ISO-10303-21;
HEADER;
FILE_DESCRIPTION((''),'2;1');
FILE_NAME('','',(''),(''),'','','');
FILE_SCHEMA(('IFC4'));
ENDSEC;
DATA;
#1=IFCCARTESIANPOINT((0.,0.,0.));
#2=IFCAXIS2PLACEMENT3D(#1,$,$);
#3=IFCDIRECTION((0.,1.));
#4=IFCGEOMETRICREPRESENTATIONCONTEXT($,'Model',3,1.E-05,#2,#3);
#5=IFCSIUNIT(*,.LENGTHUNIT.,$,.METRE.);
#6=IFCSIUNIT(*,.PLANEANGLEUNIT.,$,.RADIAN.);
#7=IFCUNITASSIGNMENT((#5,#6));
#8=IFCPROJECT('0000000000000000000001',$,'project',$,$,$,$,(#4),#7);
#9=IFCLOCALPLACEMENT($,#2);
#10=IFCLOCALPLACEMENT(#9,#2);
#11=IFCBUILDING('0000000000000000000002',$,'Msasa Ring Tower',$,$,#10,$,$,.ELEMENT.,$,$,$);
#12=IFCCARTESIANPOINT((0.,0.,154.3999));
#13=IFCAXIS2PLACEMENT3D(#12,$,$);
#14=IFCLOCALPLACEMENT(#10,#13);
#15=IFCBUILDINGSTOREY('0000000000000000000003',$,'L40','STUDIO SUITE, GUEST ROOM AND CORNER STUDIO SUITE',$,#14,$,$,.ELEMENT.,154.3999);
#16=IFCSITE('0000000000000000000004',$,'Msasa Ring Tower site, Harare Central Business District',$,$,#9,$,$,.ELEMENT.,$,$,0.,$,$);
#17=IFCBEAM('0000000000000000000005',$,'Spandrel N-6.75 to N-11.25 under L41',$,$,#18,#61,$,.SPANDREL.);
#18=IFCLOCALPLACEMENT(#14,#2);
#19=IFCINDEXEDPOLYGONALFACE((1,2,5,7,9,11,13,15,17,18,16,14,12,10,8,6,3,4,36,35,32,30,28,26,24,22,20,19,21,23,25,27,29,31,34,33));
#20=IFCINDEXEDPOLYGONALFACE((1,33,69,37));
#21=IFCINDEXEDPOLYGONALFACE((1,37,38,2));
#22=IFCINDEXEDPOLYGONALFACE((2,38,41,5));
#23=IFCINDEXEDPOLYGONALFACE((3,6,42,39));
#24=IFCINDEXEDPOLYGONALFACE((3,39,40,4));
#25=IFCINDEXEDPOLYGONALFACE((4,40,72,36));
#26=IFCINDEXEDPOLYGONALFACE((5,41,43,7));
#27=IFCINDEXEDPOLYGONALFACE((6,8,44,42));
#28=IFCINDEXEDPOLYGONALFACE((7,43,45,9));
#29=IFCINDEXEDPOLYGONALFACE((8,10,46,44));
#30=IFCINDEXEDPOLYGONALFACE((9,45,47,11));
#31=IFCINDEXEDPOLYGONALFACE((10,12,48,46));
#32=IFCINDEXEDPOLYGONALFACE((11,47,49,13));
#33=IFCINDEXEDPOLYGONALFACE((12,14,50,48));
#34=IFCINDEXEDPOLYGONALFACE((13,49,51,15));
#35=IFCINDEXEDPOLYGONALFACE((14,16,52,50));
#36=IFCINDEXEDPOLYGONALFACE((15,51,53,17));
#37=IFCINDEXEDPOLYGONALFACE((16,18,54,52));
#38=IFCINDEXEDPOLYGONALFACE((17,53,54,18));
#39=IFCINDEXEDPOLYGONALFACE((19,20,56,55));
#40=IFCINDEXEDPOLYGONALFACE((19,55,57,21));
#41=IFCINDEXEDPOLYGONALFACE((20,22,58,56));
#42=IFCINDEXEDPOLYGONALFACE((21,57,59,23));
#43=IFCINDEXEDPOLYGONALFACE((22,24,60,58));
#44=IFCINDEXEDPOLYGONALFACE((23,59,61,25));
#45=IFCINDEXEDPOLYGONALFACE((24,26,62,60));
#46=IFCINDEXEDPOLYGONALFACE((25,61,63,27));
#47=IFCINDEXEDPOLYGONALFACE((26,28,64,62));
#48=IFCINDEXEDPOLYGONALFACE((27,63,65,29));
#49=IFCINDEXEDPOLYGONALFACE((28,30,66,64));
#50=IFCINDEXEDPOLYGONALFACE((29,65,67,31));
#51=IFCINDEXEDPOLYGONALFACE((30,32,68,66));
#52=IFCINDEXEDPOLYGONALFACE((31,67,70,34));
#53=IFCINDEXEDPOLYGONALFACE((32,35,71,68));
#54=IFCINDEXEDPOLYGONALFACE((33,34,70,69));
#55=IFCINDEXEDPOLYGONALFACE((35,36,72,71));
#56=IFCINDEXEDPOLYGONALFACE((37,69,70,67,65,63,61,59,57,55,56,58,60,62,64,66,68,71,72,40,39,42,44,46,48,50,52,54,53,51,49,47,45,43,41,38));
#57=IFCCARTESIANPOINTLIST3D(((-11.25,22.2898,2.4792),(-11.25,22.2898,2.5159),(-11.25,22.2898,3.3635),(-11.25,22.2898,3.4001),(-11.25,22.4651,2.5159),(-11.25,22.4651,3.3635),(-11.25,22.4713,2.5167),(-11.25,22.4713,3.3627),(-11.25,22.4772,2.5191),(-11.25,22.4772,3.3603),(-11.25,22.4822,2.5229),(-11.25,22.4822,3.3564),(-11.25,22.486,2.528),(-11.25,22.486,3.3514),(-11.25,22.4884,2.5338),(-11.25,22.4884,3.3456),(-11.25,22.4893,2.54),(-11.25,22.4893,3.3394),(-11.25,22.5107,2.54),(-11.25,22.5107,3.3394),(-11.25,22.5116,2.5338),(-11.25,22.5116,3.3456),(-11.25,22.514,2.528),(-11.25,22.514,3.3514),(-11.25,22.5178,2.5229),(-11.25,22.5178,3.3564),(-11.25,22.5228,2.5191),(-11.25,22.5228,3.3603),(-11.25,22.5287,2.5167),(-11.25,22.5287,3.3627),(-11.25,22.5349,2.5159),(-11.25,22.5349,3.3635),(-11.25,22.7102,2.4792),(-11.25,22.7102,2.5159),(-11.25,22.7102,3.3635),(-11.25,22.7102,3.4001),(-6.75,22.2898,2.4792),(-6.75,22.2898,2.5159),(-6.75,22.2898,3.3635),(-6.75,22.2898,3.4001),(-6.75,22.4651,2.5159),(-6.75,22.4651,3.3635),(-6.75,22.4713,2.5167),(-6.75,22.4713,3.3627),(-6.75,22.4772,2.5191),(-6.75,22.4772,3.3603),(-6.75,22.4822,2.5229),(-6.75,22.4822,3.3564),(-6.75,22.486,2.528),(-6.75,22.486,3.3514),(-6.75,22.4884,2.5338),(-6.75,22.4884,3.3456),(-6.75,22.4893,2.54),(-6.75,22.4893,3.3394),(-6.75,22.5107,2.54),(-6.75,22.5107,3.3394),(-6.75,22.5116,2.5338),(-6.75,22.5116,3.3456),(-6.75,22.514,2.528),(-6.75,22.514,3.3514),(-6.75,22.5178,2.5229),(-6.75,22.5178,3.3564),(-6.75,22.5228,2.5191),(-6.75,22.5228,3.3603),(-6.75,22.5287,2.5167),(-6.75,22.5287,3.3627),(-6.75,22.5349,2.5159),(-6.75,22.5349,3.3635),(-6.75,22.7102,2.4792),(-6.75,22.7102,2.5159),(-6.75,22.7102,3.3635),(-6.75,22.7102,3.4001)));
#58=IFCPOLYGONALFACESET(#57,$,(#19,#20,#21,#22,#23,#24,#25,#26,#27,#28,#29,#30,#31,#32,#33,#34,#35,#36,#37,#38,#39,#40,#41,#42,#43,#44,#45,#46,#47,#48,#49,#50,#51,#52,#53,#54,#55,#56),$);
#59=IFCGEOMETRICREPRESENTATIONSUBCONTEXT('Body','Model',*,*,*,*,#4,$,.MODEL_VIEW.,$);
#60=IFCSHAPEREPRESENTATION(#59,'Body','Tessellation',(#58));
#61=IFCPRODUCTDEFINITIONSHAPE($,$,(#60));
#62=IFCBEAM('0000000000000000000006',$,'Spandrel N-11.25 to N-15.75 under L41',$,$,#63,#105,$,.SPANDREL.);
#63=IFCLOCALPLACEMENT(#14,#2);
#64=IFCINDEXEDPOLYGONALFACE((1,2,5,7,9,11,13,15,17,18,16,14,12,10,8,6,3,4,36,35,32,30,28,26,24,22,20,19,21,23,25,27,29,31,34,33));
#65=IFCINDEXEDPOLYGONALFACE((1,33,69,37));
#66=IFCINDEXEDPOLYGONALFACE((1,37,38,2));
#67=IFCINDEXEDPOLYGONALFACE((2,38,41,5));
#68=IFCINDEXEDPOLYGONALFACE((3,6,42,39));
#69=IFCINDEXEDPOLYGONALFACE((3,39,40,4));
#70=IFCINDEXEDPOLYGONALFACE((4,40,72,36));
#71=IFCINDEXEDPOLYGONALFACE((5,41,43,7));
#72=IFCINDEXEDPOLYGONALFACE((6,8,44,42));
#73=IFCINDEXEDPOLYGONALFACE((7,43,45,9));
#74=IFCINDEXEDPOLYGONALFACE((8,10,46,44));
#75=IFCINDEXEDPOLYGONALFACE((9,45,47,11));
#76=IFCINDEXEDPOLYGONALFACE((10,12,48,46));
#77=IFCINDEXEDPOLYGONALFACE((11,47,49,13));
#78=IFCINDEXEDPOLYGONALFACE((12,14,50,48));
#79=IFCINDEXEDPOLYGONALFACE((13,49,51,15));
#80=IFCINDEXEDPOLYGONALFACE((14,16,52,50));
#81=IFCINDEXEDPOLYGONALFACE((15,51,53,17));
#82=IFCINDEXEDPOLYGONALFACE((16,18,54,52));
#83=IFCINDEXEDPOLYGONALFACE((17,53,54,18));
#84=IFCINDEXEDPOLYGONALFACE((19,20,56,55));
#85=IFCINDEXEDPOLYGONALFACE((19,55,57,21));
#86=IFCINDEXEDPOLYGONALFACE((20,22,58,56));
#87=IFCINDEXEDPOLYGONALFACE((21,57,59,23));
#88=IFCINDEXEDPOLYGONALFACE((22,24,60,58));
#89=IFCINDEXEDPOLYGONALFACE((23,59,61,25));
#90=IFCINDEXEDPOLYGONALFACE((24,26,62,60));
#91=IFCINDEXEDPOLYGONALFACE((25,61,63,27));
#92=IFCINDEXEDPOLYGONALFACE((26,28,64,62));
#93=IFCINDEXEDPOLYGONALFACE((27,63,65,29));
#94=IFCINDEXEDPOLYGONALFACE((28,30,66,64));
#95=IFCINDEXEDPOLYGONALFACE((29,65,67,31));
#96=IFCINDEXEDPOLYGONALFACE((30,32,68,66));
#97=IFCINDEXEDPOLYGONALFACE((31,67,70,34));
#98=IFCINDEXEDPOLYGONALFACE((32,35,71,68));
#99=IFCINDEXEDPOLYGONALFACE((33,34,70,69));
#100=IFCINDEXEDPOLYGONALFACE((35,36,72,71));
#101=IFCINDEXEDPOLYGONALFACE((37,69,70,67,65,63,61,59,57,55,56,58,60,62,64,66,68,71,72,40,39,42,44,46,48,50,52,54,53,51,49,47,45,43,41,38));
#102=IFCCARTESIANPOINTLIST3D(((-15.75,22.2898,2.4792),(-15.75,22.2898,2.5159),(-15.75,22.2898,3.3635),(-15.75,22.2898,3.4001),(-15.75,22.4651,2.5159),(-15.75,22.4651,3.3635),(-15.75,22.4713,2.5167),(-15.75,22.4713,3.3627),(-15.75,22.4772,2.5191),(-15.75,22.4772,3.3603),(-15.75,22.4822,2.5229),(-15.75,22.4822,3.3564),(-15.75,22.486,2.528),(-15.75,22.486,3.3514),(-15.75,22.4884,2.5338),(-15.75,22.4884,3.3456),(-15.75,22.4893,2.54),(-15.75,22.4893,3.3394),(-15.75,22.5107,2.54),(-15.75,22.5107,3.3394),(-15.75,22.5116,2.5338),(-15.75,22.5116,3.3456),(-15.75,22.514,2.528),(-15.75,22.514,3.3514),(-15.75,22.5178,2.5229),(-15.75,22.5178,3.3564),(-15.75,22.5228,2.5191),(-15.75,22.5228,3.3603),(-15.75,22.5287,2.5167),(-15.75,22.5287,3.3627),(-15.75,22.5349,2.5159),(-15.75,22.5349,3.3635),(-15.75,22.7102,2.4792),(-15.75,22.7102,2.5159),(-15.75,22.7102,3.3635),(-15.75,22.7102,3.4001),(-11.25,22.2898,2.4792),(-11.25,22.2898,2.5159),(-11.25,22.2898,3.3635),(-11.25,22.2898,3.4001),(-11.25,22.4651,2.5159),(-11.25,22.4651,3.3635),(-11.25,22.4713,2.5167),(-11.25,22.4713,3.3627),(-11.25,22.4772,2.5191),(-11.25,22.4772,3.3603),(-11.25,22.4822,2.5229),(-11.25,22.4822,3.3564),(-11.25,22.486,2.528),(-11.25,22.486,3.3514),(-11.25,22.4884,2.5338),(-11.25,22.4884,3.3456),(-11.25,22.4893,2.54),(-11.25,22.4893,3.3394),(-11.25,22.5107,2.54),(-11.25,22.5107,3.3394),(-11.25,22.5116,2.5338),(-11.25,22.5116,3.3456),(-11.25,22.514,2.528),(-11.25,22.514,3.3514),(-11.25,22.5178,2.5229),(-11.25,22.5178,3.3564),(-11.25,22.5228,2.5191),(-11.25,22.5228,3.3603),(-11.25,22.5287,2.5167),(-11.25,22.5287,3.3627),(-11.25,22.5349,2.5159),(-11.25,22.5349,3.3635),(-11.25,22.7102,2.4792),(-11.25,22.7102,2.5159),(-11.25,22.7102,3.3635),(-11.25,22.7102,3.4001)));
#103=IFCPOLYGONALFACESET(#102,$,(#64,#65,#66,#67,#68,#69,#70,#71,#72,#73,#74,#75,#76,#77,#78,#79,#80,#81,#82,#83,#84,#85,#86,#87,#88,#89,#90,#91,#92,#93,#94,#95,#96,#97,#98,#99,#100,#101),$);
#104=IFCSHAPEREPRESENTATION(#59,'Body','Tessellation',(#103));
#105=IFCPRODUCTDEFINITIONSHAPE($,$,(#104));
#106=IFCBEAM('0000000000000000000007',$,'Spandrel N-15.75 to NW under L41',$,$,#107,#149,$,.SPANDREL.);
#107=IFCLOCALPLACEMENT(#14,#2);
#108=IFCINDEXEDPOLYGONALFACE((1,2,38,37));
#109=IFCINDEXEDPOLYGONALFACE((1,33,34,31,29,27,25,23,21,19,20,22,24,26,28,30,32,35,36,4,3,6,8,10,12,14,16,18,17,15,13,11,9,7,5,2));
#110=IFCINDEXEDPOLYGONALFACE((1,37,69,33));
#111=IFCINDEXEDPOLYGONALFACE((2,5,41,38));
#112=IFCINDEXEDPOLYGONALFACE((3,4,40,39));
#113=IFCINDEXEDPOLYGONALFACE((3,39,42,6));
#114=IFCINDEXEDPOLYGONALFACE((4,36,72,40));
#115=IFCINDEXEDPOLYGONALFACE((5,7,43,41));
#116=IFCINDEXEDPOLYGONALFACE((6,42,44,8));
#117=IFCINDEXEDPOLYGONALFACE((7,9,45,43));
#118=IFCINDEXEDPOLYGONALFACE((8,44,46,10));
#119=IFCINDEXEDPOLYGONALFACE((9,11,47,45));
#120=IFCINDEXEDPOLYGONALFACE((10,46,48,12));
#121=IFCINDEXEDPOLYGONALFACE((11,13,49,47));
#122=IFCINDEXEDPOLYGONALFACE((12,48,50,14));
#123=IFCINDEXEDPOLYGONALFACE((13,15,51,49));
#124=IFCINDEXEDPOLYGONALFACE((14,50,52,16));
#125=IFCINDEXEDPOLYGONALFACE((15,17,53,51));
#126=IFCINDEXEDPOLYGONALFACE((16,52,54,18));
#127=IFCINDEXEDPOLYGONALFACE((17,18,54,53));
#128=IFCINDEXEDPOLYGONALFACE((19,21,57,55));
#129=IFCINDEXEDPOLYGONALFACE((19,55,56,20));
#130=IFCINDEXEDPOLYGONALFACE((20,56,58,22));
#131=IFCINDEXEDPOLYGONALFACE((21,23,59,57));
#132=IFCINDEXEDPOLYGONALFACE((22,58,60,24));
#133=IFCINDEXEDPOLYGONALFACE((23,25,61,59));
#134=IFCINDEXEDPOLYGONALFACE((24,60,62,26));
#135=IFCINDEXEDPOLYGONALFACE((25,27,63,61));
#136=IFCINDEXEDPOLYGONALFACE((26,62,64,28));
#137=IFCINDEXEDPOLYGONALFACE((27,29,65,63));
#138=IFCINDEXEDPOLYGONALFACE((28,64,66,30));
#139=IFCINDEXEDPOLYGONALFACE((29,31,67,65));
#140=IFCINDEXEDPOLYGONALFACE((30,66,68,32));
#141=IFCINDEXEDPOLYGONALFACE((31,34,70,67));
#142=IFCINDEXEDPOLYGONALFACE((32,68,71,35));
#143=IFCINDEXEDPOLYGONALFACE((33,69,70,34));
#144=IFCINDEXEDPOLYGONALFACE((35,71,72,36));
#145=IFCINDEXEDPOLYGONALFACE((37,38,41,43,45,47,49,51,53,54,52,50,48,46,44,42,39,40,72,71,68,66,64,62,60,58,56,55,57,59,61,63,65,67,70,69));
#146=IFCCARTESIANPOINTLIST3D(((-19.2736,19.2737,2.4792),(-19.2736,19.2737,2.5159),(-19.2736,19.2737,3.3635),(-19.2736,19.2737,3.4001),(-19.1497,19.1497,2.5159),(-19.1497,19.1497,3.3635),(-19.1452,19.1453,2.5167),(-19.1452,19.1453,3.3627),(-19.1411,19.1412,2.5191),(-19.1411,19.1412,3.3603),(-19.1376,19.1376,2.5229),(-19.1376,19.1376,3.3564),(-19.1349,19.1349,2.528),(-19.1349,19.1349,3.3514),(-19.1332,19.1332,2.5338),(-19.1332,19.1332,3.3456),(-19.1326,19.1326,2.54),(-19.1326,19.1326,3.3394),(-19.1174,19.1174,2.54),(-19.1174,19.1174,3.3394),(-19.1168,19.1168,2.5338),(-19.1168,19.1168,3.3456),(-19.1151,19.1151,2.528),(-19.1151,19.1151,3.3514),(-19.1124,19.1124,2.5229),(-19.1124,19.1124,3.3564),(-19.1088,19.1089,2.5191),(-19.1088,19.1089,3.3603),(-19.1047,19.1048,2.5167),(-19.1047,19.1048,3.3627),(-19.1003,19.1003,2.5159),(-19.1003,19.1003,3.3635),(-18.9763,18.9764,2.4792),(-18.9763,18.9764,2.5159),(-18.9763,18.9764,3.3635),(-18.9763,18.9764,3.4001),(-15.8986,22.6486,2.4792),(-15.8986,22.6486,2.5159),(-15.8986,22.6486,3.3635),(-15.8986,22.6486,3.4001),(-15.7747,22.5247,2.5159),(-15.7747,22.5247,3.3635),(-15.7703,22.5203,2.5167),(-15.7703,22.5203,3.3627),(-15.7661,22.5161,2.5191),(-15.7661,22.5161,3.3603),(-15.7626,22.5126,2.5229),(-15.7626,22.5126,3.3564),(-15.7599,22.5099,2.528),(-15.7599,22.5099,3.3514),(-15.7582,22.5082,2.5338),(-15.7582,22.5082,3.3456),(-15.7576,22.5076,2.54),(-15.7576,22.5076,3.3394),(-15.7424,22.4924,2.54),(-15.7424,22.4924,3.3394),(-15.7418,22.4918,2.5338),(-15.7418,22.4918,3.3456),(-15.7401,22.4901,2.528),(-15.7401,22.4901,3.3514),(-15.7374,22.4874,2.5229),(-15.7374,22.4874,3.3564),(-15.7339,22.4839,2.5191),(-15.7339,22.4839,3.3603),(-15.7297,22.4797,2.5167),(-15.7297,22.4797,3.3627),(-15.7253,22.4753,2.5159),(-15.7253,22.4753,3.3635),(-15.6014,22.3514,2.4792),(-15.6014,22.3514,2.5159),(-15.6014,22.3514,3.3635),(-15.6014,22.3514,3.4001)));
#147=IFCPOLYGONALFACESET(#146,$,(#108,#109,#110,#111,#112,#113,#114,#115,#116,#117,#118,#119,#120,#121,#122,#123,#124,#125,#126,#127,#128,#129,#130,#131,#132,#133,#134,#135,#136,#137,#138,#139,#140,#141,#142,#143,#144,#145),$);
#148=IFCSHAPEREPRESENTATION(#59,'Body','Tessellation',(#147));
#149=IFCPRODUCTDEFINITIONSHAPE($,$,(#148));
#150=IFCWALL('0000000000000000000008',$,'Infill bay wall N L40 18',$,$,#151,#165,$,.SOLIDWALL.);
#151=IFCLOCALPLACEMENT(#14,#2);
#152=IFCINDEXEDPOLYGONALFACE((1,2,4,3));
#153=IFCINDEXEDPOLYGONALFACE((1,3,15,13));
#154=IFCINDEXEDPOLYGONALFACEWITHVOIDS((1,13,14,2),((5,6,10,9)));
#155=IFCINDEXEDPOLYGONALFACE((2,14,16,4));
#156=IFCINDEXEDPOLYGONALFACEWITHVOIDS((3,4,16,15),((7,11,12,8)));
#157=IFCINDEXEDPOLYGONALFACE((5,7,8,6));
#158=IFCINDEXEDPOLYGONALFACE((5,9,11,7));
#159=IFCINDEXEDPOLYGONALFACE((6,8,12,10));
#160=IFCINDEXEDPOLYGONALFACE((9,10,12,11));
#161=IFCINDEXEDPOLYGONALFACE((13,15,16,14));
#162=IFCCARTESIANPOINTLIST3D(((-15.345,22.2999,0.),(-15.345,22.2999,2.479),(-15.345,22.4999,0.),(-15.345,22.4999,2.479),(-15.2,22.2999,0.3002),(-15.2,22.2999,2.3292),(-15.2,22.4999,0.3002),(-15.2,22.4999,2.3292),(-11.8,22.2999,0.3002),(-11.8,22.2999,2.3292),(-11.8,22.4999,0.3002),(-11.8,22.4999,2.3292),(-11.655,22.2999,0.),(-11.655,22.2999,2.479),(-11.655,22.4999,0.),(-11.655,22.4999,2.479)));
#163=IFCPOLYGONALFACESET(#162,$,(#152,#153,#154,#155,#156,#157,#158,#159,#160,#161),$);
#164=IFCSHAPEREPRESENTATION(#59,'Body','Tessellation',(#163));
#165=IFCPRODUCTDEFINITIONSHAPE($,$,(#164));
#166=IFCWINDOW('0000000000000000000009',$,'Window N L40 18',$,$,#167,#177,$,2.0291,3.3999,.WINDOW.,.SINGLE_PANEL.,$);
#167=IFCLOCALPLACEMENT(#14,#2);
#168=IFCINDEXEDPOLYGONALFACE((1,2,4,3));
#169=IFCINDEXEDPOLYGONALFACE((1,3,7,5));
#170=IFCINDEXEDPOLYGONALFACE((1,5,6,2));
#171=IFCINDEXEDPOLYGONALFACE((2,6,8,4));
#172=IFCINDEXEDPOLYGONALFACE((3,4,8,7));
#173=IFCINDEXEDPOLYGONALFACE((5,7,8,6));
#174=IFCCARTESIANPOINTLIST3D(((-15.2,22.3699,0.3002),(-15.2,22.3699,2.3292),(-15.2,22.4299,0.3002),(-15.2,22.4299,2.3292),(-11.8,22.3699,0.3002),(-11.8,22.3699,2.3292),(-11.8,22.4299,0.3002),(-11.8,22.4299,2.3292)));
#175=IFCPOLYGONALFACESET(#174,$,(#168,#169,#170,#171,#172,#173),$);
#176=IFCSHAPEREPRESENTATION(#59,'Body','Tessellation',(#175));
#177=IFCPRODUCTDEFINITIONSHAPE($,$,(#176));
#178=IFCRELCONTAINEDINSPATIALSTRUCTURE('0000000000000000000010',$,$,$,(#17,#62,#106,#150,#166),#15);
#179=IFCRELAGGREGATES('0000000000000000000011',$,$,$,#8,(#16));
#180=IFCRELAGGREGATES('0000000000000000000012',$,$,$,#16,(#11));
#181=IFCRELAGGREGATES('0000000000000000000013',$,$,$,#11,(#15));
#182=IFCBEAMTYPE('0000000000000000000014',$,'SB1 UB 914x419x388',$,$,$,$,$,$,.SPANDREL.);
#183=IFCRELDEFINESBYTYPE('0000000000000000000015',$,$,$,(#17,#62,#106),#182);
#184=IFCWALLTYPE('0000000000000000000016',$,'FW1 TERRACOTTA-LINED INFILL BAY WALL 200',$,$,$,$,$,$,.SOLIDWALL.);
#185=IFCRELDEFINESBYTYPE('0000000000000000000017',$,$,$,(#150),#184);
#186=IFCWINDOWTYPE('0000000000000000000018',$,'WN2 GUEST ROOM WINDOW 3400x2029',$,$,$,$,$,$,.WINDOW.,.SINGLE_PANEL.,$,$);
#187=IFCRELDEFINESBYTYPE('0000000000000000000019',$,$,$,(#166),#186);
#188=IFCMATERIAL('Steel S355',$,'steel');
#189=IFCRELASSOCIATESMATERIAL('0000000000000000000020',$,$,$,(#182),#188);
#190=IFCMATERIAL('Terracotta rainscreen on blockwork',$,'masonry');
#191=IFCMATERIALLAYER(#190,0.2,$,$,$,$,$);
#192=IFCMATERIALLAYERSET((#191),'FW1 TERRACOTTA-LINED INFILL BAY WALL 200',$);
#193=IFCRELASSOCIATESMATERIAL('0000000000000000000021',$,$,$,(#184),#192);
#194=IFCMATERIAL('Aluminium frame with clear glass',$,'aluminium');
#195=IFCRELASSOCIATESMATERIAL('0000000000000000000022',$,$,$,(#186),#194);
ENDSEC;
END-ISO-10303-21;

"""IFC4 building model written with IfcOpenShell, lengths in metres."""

from ifc_helpers import new_model, si_unit, direction, frame, frame_2d, origin, origin_2d, place, context, subcontext, project, spatial, rectangle, i_section, extrude, material, layer, layer_set, material_profile, profile_set, type_object, element, fill, save


model = new_model("IFC4")

# Units and contexts
model_context = context("Model", 3, precision=1e-05, world=origin(), true_north=direction((0.0, 1.0)))
body_context = subcontext(model_context, "Body", "Model", "MODEL_VIEW")
ifc_project = project(units=[si_unit("LENGTHUNIT", "METRE"), si_unit("PLANEANGLEUNIT", "RADIAN")], contexts=[model_context])

# Site, building, storey
site_placement = place(None, origin())
site = spatial("IfcSite", under=ifc_project, at=site_placement, Name="Msasa Ring Tower site, Harare Central Business District", CompositionType="ELEMENT", RefElevation=0.0)
building_placement = place(site_placement, origin())
building = spatial("IfcBuilding", under=site, at=building_placement, Name="Msasa Ring Tower", CompositionType="ELEMENT")
storey_placement = place(building_placement, frame((0.0, 0.0, 154.3999)))
storey = spatial("IfcBuildingStorey", under=building, at=storey_placement, Name="L40", Description="STUDIO SUITE, GUEST ROOM AND CORNER STUDIO SUITE", CompositionType="ELEMENT", Elevation=154.3999)

# Beams
ifc_material_1 = material(Name="Steel S355", Category="steel")
ifc_material_profile_1 = material_profile(ifc_material_1, i_section(OverallWidth=0.4204, OverallDepth=0.9209, WebThickness=0.0215, FlangeThickness=0.0366, FilletRadius=0.0242, at=origin_2d()), Name="UB 914x419x388")
ifc_profile_set_1 = profile_set([ifc_material_profile_1], Name="Steel S355")
beam_type_1 = type_object("IfcBeamType", Name="SB1 UB 914x419x388", PredefinedType="SPANDREL", material=ifc_profile_set_1)
for number, where, z_axis, x_axis, name in (
    (1, (-6.75, 22.5, 2.9397), (-1.0, 0.0, 0.0), (0.0, -1.0, 0.0), "Spandrel N-6.75 to N-11.25 under L41"),
    (2, (-11.25, 22.5, 2.9397), (-1.0, 0.0, 0.0), (0.0, -1.0, 0.0), "Spandrel N-11.25 to N-15.75 under L41"),
):
    element("IfcBeam", number, at=place(storey_placement, frame(where, z_axis=z_axis, x_axis=x_axis)), inside=storey, type_object=beam_type_1, Name=name, PredefinedType="SPANDREL", context=body_context, shape_type="SweptSolid", body=[
        extrude(i_section(OverallWidth=0.4204, OverallDepth=0.9209, WebThickness=0.0215, FlangeThickness=0.0366, FilletRadius=0.0242, at=origin_2d()), origin(), (0.0, 0.0, 1.0), 4.5),
    ])
beam_placement = place(storey_placement, frame((-15.75, 22.5, 2.9397), z_axis=(-0.707107, -0.707107, 0.0), x_axis=(0.707107, -0.707107, 0.0)))
element("IfcBeam", 3, at=beam_placement, inside=storey, type_object=beam_type_1, Name="Spandrel N-15.75 to NW under L41", PredefinedType="SPANDREL", context=body_context, shape_type="SweptSolid", body=[
    extrude(i_section(OverallWidth=0.4204, OverallDepth=0.9209, WebThickness=0.0215, FlangeThickness=0.0366, FilletRadius=0.0242, at=origin_2d()), origin(), (0.0, 0.0, 1.0), 4.7729),
])

# Wall, opening, window
ifc_material_2 = material(Name="Terracotta rainscreen on blockwork", Category="masonry")
ifc_layer_1 = layer(ifc_material_2, 0.2)
ifc_layer_set_1 = layer_set([ifc_layer_1], Name="FW1 TERRACOTTA-LINED INFILL BAY WALL 200")
wall_type_1 = type_object("IfcWallType", Name="FW1 TERRACOTTA-LINED INFILL BAY WALL 200", PredefinedType="SOLIDWALL", material=ifc_layer_set_1)
wall_1_placement = place(storey_placement, frame((-15.345, 22.3999, 0.0), z_axis=(0.0, 0.0, 1.0), x_axis=(1.0, 0.0, 0.0)))
wall_1 = element("IfcWall", 4, at=wall_1_placement, inside=storey, type_object=wall_type_1, Name="Infill bay wall N L40 18", PredefinedType="SOLIDWALL", context=body_context, shape_type="SweptSolid", body=[
    extrude(rectangle(XDim=3.6899, YDim=0.2, at=frame_2d((1.845, 0.0))), origin(), (0.0, 0.0, 1.0), 2.479),
])
opening_1_placement = place(wall_1_placement, frame((0.145, 0.0, 0.3)))
opening_1 = element("IfcOpeningElement", 5, at=opening_1_placement, cuts=wall_1, PredefinedType="OPENING", context=body_context, shape_type="SweptSolid", body=[
    extrude(rectangle(XDim=3.3999, YDim=2.0291, at=frame_2d((1.7, 1.0146))), frame((0.0, 0.1099, 0.0), z_axis=(0.0, -1.0, 0.0), x_axis=(1.0, 0.0, 0.0)), (0.0, 0.0, 1.0), 0.22),
])
ifc_material_3 = material(Name="Aluminium frame with clear glass", Category="aluminium")
window_type = type_object("IfcWindowType", Name="WN2 GUEST ROOM WINDOW 3400x2029", PartitioningType="SINGLE_PANEL", PredefinedType="WINDOW", material=ifc_material_3)
window_1_placement = place(opening_1_placement, origin())
window_1 = element("IfcWindow", 6, at=window_1_placement, inside=storey, type_object=window_type, Name="Window N L40 18", OverallHeight=2.0291, OverallWidth=3.3999, PartitioningType="SINGLE_PANEL", PredefinedType="WINDOW", context=body_context, shape_type="SweptSolid", body=[
    extrude(rectangle(XDim=3.3999, YDim=2.0291, at=frame_2d((1.7, 1.0146))), frame((0.0, 0.03, 0.0), z_axis=(0.0, -1.0, 0.0), x_axis=(1.0, 0.0, 0.0)), (0.0, 0.0, 1.0), 0.0601),
])
fill(opening_1, window_1)

save(model, "model.ifc")
